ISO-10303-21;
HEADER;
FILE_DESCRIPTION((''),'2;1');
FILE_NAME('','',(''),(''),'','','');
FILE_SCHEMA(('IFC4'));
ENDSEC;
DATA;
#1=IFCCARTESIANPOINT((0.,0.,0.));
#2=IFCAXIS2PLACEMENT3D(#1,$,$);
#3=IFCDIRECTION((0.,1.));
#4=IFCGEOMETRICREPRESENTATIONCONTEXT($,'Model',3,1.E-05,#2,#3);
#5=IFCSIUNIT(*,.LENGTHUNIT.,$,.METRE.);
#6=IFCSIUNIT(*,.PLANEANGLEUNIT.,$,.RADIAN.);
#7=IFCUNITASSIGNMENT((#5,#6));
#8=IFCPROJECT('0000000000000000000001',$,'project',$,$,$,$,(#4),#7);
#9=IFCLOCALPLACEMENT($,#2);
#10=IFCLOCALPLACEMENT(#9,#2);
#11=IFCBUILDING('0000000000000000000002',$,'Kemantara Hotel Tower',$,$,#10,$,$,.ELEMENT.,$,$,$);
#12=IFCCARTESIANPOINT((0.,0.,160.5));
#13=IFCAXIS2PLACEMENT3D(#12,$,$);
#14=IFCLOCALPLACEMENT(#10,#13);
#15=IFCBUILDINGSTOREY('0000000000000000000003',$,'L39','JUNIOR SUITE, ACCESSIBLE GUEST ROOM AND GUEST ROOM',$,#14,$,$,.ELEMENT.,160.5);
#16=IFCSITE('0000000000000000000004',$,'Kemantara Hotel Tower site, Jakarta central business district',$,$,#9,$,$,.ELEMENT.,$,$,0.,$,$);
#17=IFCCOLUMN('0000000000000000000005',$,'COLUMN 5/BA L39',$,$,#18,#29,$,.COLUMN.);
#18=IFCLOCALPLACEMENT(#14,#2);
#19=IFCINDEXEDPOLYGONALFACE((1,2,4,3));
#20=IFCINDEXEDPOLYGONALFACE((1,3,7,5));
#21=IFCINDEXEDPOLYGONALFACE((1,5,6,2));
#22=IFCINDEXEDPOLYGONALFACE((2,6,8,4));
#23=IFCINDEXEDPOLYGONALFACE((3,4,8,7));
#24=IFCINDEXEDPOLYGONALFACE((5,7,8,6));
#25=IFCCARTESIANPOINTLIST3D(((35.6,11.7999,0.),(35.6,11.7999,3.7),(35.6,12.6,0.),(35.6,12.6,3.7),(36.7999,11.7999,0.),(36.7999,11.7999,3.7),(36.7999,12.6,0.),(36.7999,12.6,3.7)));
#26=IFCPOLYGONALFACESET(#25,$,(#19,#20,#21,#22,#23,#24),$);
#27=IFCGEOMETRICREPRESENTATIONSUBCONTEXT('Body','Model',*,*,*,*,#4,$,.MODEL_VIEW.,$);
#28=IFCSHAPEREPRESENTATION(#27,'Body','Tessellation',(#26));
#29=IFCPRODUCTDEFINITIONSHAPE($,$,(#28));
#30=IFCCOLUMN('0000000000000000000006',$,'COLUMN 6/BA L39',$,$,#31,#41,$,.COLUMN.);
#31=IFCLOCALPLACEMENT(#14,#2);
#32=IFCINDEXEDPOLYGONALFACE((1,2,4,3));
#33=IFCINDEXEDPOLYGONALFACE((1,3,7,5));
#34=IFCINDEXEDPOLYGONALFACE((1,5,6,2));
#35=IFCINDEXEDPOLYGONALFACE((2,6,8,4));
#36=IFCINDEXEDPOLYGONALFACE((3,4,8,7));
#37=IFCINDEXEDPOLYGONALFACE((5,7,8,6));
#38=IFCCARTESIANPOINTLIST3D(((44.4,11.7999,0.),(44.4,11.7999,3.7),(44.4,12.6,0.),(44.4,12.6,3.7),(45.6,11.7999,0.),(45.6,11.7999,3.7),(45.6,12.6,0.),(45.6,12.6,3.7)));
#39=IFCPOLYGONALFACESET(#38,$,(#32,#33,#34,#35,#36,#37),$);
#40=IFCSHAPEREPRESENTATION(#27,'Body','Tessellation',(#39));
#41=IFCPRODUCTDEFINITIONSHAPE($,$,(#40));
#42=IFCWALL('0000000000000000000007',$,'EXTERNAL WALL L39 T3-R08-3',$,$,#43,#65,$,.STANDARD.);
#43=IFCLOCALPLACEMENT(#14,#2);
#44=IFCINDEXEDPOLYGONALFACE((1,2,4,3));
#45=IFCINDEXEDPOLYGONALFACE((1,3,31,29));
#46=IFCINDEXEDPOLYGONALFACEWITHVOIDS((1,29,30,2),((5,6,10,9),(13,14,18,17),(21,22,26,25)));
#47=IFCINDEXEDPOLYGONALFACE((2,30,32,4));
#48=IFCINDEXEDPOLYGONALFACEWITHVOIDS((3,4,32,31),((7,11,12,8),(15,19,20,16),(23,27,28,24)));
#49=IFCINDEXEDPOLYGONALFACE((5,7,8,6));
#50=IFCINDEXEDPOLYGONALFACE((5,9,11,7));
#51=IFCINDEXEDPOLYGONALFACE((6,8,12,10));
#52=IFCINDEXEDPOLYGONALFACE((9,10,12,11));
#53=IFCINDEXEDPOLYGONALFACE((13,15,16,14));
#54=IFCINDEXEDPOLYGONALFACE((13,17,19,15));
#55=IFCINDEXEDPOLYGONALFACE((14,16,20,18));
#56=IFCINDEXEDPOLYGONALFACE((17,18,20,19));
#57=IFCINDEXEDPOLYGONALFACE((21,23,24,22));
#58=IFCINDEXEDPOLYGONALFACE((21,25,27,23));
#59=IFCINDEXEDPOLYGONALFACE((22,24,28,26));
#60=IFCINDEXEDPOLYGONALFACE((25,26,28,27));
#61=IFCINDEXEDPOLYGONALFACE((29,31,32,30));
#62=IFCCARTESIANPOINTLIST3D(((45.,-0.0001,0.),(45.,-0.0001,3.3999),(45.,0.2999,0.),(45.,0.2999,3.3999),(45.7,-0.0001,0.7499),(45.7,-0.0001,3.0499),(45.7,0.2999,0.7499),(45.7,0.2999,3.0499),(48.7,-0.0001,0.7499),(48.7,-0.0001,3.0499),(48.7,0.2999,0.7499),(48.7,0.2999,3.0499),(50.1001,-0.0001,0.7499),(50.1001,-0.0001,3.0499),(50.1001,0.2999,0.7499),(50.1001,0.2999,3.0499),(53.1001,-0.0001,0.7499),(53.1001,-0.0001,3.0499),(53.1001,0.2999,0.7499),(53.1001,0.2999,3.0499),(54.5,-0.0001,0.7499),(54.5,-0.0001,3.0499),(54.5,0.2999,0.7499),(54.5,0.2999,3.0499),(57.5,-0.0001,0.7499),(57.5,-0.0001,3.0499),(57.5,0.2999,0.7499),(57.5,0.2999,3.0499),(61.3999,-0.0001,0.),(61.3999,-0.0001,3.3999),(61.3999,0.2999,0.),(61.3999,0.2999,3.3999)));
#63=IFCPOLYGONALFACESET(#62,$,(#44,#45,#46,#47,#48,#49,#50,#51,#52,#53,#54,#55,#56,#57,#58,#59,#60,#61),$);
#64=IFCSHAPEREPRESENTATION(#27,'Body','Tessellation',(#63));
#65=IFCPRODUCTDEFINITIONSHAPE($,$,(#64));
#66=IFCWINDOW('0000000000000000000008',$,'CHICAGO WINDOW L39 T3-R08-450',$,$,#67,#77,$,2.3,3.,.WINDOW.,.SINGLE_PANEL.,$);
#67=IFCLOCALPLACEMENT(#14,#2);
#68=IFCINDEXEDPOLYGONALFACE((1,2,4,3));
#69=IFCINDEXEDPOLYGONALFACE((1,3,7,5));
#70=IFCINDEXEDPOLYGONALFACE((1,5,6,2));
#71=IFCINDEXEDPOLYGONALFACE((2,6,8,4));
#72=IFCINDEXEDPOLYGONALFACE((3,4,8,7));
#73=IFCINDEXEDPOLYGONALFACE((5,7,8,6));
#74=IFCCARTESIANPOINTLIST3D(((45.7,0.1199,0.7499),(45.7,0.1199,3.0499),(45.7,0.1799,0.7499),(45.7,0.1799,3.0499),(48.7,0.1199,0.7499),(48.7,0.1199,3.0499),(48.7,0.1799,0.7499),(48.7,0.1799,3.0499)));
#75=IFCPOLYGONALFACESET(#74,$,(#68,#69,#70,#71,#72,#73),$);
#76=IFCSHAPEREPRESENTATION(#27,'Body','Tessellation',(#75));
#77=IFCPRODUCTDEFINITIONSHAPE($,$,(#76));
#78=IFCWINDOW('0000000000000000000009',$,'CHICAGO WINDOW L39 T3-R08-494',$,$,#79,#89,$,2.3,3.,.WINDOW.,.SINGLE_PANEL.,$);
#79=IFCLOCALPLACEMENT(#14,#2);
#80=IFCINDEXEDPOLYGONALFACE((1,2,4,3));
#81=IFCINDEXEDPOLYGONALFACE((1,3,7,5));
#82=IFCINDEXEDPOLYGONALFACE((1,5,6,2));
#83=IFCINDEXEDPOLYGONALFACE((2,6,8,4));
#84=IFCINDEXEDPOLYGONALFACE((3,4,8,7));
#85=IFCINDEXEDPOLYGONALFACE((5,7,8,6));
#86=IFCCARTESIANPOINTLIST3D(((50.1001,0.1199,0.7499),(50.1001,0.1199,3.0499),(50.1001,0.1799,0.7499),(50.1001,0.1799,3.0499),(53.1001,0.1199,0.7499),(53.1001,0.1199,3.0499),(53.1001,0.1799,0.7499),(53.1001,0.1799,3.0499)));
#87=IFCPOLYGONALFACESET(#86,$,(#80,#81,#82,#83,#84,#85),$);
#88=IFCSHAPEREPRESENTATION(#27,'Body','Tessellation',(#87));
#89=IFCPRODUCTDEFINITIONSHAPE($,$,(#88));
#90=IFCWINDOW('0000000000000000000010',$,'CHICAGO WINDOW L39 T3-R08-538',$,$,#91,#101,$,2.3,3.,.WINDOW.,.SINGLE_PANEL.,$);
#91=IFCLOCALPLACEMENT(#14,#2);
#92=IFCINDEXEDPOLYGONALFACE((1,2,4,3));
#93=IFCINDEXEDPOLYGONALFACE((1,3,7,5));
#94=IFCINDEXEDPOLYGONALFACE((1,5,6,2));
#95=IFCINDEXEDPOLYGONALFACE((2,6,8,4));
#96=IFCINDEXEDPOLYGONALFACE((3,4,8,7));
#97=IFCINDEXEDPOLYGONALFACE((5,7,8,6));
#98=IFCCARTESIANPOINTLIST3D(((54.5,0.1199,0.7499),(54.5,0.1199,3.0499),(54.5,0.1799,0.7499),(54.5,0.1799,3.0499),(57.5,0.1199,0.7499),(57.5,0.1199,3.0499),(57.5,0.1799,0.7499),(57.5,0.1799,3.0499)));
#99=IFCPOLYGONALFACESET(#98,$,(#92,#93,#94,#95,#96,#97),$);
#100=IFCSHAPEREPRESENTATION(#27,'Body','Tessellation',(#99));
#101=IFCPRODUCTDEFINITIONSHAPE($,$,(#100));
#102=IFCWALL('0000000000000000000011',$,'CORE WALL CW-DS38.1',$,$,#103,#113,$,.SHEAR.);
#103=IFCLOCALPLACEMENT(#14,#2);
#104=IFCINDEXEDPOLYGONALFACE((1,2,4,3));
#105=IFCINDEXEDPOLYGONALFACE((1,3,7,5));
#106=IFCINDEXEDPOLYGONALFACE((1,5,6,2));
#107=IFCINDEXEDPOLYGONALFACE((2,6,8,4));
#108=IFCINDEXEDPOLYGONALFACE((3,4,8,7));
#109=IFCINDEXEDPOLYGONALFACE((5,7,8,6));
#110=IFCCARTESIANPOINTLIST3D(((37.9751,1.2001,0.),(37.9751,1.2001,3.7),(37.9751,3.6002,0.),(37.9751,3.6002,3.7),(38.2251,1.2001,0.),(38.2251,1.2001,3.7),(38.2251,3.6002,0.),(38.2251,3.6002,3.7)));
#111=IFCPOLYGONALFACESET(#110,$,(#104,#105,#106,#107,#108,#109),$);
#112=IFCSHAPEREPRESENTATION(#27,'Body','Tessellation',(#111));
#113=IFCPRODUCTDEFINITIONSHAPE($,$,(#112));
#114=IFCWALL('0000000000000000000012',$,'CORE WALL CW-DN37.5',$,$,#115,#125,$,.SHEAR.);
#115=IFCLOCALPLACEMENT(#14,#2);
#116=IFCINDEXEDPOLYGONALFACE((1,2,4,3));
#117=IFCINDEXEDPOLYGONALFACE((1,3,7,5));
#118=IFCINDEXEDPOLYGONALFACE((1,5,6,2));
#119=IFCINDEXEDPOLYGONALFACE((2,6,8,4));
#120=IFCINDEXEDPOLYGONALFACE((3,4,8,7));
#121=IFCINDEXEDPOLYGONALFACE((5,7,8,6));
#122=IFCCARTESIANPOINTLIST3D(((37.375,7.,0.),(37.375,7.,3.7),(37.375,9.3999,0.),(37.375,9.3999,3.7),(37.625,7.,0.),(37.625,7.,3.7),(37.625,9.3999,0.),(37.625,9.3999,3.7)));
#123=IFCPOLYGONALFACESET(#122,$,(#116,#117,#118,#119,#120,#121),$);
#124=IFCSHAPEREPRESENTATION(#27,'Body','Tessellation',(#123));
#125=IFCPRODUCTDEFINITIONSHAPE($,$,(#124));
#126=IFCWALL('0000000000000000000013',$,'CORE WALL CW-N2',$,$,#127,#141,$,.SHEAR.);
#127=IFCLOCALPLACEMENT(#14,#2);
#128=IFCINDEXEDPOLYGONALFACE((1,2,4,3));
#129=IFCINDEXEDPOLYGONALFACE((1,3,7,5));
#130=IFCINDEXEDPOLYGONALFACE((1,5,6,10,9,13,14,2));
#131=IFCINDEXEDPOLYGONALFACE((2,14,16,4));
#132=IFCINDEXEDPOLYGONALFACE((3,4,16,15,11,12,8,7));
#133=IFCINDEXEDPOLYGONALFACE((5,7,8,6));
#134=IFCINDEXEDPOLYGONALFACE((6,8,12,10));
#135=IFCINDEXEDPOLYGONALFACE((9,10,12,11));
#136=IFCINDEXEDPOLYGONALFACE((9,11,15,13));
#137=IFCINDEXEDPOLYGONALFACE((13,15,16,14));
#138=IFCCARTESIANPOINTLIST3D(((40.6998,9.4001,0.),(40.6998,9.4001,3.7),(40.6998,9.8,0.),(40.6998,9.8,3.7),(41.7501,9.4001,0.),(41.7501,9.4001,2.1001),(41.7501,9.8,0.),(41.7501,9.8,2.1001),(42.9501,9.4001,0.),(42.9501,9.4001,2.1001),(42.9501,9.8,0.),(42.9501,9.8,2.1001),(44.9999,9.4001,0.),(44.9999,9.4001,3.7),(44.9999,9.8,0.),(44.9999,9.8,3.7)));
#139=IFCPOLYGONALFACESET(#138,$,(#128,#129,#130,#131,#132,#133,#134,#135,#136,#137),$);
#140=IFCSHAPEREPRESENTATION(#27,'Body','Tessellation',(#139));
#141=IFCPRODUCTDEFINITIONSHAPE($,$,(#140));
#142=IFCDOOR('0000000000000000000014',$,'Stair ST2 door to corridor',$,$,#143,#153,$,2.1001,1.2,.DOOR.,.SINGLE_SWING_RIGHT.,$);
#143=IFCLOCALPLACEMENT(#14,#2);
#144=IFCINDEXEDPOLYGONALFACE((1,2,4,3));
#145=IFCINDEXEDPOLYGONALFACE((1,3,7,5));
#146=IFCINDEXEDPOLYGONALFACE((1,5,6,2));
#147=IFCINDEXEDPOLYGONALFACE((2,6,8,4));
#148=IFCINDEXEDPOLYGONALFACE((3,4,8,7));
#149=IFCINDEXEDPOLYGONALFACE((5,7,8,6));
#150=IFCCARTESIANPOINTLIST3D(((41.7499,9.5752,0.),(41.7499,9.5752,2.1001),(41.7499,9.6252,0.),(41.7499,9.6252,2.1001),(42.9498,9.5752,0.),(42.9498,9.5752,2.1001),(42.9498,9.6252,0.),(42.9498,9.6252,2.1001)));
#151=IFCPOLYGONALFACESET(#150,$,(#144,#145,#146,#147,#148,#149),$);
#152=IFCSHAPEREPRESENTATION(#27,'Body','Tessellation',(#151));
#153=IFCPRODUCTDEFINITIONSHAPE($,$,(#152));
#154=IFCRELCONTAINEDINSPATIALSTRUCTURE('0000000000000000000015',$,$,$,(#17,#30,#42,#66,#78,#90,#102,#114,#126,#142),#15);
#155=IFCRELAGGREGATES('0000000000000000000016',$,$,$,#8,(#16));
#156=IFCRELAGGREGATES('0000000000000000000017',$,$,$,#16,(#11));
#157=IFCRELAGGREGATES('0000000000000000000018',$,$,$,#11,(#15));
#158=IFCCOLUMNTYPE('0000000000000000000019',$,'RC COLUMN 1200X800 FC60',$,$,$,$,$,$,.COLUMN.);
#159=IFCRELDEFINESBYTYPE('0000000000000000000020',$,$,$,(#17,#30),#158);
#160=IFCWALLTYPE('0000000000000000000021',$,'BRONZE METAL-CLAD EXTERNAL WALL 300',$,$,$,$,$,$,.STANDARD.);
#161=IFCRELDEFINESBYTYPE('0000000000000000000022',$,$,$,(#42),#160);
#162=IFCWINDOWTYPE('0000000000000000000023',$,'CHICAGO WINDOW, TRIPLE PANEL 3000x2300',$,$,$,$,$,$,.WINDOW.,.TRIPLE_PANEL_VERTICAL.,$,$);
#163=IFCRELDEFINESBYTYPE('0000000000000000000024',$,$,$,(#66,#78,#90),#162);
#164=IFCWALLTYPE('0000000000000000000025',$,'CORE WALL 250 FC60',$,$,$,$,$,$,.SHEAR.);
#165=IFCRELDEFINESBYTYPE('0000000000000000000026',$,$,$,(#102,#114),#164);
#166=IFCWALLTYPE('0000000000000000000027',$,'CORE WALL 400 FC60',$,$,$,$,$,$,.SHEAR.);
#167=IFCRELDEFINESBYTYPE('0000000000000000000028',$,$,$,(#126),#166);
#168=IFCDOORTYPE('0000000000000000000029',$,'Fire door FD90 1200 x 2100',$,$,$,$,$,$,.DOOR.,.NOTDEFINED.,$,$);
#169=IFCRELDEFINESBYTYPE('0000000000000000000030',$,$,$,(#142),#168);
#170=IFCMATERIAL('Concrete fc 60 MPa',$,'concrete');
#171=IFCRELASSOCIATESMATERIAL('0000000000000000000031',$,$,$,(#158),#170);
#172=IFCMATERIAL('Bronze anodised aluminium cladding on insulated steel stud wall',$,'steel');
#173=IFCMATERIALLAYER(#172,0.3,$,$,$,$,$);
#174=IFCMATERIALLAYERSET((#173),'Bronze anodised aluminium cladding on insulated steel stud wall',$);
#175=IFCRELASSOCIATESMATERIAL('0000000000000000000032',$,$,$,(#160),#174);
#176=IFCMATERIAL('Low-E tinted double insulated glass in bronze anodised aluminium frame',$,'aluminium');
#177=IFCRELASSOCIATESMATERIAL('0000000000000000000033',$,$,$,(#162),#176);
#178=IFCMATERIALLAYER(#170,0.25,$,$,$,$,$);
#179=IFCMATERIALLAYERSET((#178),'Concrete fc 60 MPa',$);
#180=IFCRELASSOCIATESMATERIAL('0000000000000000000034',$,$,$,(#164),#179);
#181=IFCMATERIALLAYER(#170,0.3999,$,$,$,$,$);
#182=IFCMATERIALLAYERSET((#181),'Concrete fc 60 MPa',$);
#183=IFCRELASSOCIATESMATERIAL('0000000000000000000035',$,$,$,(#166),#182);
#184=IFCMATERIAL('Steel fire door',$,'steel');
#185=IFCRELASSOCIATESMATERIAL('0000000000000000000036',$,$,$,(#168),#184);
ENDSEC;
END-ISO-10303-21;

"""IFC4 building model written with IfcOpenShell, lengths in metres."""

from ifc_helpers import new_model, si_unit, direction, frame, frame_2d, origin, origin_2d, place, context, subcontext, project, spatial, rectangle, extrude, material, layer, layer_set, material_profile, profile_set, type_object, element, fill, save


model = new_model("IFC4")

# Units and contexts
model_context = context("Model", 3, precision=1e-05, world=origin(), true_north=direction((0.0, 1.0)))
body_context = subcontext(model_context, "Body", "Model", "MODEL_VIEW")
ifc_project = project(units=[si_unit("LENGTHUNIT", "METRE"), si_unit("PLANEANGLEUNIT", "RADIAN")], contexts=[model_context])

# Site, building, storey
site_placement = place(None, origin())
site = spatial("IfcSite", under=ifc_project, at=site_placement, Name="Kemantara Hotel Tower site, Jakarta central business district", CompositionType="ELEMENT", RefElevation=0.0)
building_placement = place(site_placement, origin())
building = spatial("IfcBuilding", under=site, at=building_placement, Name="Kemantara Hotel Tower", CompositionType="ELEMENT")
storey_placement = place(building_placement, frame((0.0, 0.0, 160.5)))
storey = spatial("IfcBuildingStorey", under=building, at=storey_placement, Name="L39", Description="JUNIOR SUITE, ACCESSIBLE GUEST ROOM AND GUEST ROOM", CompositionType="ELEMENT", Elevation=160.5)

# Columns
ifc_material_1 = material(Name="Concrete fc 60 MPa", Category="concrete")
ifc_material_profile = material_profile(ifc_material_1, rectangle(XDim=1.2, YDim=0.8, at=origin_2d()), Name="RC 1200X800")
ifc_profile_set = profile_set([ifc_material_profile], Name="Concrete fc 60 MPa")
column_type = type_object("IfcColumnType", Name="RC COLUMN 1200X800 FC60", PredefinedType="COLUMN", material=ifc_profile_set)
for number, where, z_axis, x_axis, name in (
    (1, (36.2, 12.2, 0.0), (0.0, 0.0, 1.0), (1.0, 0.0, 0.0), "COLUMN 5/BA L39"),
    (2, (45.0, 12.2, 0.0), (0.0, 0.0, 1.0), (1.0, 0.0, 0.0), "COLUMN 6/BA L39"),
):
    element("IfcColumn", number, at=place(storey_placement, frame(where, z_axis=z_axis, x_axis=x_axis)), inside=storey, type_object=column_type, Name=name, PredefinedType="COLUMN", context=body_context, shape_type="SweptSolid", body=[
        extrude(rectangle(XDim=1.2, YDim=0.8, at=origin_2d()), origin(), (0.0, 0.0, 1.0), 3.7),
    ])

# Wall, openings, windows
ifc_material_2 = material(Name="Bronze anodised aluminium cladding on insulated steel stud wall", Category="steel")
ifc_layer_1 = layer(ifc_material_2, 0.3)
ifc_layer_set_1 = layer_set([ifc_layer_1], Name="Bronze anodised aluminium cladding on insulated steel stud wall")
wall_type_1 = type_object("IfcWallType", Name="BRONZE METAL-CLAD EXTERNAL WALL 300", PredefinedType="STANDARD", material=ifc_layer_set_1)
wall_1_placement = place(storey_placement, frame((45.0, 0.1499, 0.0), z_axis=(0.0, 0.0, 1.0), x_axis=(1.0, 0.0, 0.0)))
wall_1 = element("IfcWall", 3, at=wall_1_placement, inside=storey, type_object=wall_type_1, Name="EXTERNAL WALL L39 T3-R08-3", PredefinedType="STANDARD", context=body_context, shape_type="SweptSolid", body=[
    extrude(rectangle(XDim=16.3999, YDim=0.3, at=frame_2d((8.2, 0.0))), origin(), (0.0, 0.0, 1.0), 3.3999),
])
opening_1_placement = place(wall_1_placement, frame((0.7, 0.0, 0.75)))
opening_1 = element("IfcOpeningElement", 4, at=opening_1_placement, cuts=wall_1, PredefinedType="OPENING", context=body_context, shape_type="SweptSolid", body=[
    extrude(rectangle(XDim=3.0, YDim=2.3, at=frame_2d((1.5, 1.1499))), frame((0.0, 0.1599, 0.0), z_axis=(0.0, -1.0, 0.0), x_axis=(1.0, 0.0, 0.0)), (0.0, 0.0, 1.0), 0.3201),
])
opening_2_placement = place(wall_1_placement, frame((5.1001, 0.0, 0.75)))
opening_2 = element("IfcOpeningElement", 5, at=opening_2_placement, cuts=wall_1, PredefinedType="OPENING", context=body_context, shape_type="SweptSolid", body=[
    extrude(rectangle(XDim=3.0, YDim=2.3, at=frame_2d((1.5, 1.1499))), frame((0.0, 0.1599, 0.0), z_axis=(0.0, -1.0, 0.0), x_axis=(1.0, 0.0, 0.0)), (0.0, 0.0, 1.0), 0.3201),
])
opening_3_placement = place(wall_1_placement, frame((9.5, 0.0, 0.75)))
opening_3 = element("IfcOpeningElement", 6, at=opening_3_placement, cuts=wall_1, PredefinedType="OPENING", context=body_context, shape_type="SweptSolid", body=[
    extrude(rectangle(XDim=3.0, YDim=2.3, at=frame_2d((1.5, 1.1499))), frame((0.0, 0.1599, 0.0), z_axis=(0.0, -1.0, 0.0), x_axis=(1.0, 0.0, 0.0)), (0.0, 0.0, 1.0), 0.3201),
])
ifc_material_3 = material(Name="Low-E tinted double insulated glass in bronze anodised aluminium frame", Category="aluminium")
window_type = type_object("IfcWindowType", Name="CHICAGO WINDOW, TRIPLE PANEL 3000x2300", PartitioningType="TRIPLE_PANEL_VERTICAL", PredefinedType="WINDOW", material=ifc_material_3)
window_1_placement = place(opening_1_placement, origin())
window_1 = element("IfcWindow", 7, at=window_1_placement, inside=storey, type_object=window_type, Name="CHICAGO WINDOW L39 T3-R08-450", OverallHeight=2.3, OverallWidth=3.0, PartitioningType="SINGLE_PANEL", PredefinedType="WINDOW", context=body_context, shape_type="SweptSolid", body=[
    extrude(rectangle(XDim=3.0, YDim=2.3, at=frame_2d((1.5, 1.1499))), frame((0.0, 0.03, 0.0), z_axis=(0.0, -1.0, 0.0), x_axis=(1.0, 0.0, 0.0)), (0.0, 0.0, 1.0), 0.0601),
])
fill(opening_1, window_1)
window_2_placement = place(opening_2_placement, origin())
window_2 = element("IfcWindow", 8, at=window_2_placement, inside=storey, type_object=window_type, Name="CHICAGO WINDOW L39 T3-R08-494", OverallHeight=2.3, OverallWidth=3.0, PartitioningType="SINGLE_PANEL", PredefinedType="WINDOW", context=body_context, shape_type="SweptSolid", body=[
    extrude(rectangle(XDim=3.0, YDim=2.3, at=frame_2d((1.5, 1.1499))), frame((0.0, 0.03, 0.0), z_axis=(0.0, -1.0, 0.0), x_axis=(1.0, 0.0, 0.0)), (0.0, 0.0, 1.0), 0.0601),
])
fill(opening_2, window_2)
window_3_placement = place(opening_3_placement, origin())
window_3 = element("IfcWindow", 9, at=window_3_placement, inside=storey, type_object=window_type, Name="CHICAGO WINDOW L39 T3-R08-538", OverallHeight=2.3, OverallWidth=3.0, PartitioningType="SINGLE_PANEL", PredefinedType="WINDOW", context=body_context, shape_type="SweptSolid", body=[
    extrude(rectangle(XDim=3.0, YDim=2.3, at=frame_2d((1.5, 1.1499))), frame((0.0, 0.03, 0.0), z_axis=(0.0, -1.0, 0.0), x_axis=(1.0, 0.0, 0.0)), (0.0, 0.0, 1.0), 0.0601),
])
fill(opening_3, window_3)

# Walls
ifc_layer_2 = layer(ifc_material_1, 0.25)
ifc_layer_set_2 = layer_set([ifc_layer_2], Name="Concrete fc 60 MPa")
wall_type_2 = type_object("IfcWallType", Name="CORE WALL 250 FC60", PredefinedType="SHEAR", material=ifc_layer_set_2)
wall_2_placement = place(storey_placement, frame((38.1001, 1.2, 0.0), z_axis=(0.0, 0.0, 1.0), x_axis=(0.0, 1.0, 0.0)))
element("IfcWall", 10, at=wall_2_placement, inside=storey, type_object=wall_type_2, Name="CORE WALL CW-DS38.1", PredefinedType="SHEAR", context=body_context, shape_type="SweptSolid", body=[
    extrude(rectangle(XDim=2.4001, YDim=0.25, at=frame_2d((1.2002, 0.0))), origin(), (0.0, 0.0, 1.0), 3.7),
])
wall_3_placement = place(storey_placement, frame((37.5, 7.0, 0.0), z_axis=(0.0, 0.0, 1.0), x_axis=(0.0, 1.0, 0.0)))
element("IfcWall", 11, at=wall_3_placement, inside=storey, type_object=wall_type_2, Name="CORE WALL CW-DN37.5", PredefinedType="SHEAR", context=body_context, shape_type="SweptSolid", body=[
    extrude(rectangle(XDim=2.3999, YDim=0.25, at=frame_2d((1.2, 0.0))), origin(), (0.0, 0.0, 1.0), 3.7),
])

# Wall, opening, door
ifc_layer_3 = layer(ifc_material_1, 0.3999)
ifc_layer_set_3 = layer_set([ifc_layer_3], Name="Concrete fc 60 MPa")
wall_type_3 = type_object("IfcWallType", Name="CORE WALL 400 FC60", PredefinedType="SHEAR", material=ifc_layer_set_3)
wall_4_placement = place(storey_placement, frame((40.7, 9.6001, 0.0), z_axis=(0.0, 0.0, 1.0), x_axis=(1.0, 0.0, 0.0)))
wall_4 = element("IfcWall", 12, at=wall_4_placement, inside=storey, type_object=wall_type_3, Name="CORE WALL CW-N2", PredefinedType="SHEAR", context=body_context, shape_type="SweptSolid", body=[
    extrude(rectangle(XDim=4.3, YDim=0.3999, at=frame_2d((2.1499, 0.0))), origin(), (0.0, 0.0, 1.0), 3.7),
])
opening_4_placement = place(wall_4_placement, frame((1.05, 0.0, 0.0)))
opening_4 = element("IfcOpeningElement", 13, at=opening_4_placement, cuts=wall_4, PredefinedType="OPENING", context=body_context, shape_type="SweptSolid", body=[
    extrude(rectangle(XDim=1.2, YDim=2.1001, at=frame_2d((0.6001, 1.05))), frame((0.0, 0.21, 0.0), z_axis=(0.0, -1.0, 0.0), x_axis=(1.0, 0.0, 0.0)), (0.0, 0.0, 1.0), 0.4199),
])
ifc_material_4 = material(Name="Steel fire door", Category="steel")
door_type_1 = type_object("IfcDoorType", Name="Fire door FD90 1200 x 2100", OperationType="NOTDEFINED", PredefinedType="DOOR", material=ifc_material_4)
door_1_placement = place(opening_4_placement, frame((1.2, 0.0, 0.0), z_axis=(0.0, 0.0, 1.0), x_axis=(-1.0, 0.0, 0.0)))
door_1 = element("IfcDoor", 14, at=door_1_placement, inside=storey, type_object=door_type_1, Name="Stair ST2 door to corridor", OperationType="SINGLE_SWING_RIGHT", OverallHeight=2.1001, OverallWidth=1.2, PredefinedType="DOOR", context=body_context, shape_type="SweptSolid", body=[
    extrude(rectangle(XDim=1.2, YDim=2.1001, at=frame_2d((0.6001, 1.05))), frame((0.0, 0.0249, 0.0), z_axis=(0.0, -1.0, 0.0), x_axis=(1.0, 0.0, 0.0)), (0.0, 0.0, 1.0), 0.05),
])
fill(opening_4, door_1)

save(model, "model.ifc")
